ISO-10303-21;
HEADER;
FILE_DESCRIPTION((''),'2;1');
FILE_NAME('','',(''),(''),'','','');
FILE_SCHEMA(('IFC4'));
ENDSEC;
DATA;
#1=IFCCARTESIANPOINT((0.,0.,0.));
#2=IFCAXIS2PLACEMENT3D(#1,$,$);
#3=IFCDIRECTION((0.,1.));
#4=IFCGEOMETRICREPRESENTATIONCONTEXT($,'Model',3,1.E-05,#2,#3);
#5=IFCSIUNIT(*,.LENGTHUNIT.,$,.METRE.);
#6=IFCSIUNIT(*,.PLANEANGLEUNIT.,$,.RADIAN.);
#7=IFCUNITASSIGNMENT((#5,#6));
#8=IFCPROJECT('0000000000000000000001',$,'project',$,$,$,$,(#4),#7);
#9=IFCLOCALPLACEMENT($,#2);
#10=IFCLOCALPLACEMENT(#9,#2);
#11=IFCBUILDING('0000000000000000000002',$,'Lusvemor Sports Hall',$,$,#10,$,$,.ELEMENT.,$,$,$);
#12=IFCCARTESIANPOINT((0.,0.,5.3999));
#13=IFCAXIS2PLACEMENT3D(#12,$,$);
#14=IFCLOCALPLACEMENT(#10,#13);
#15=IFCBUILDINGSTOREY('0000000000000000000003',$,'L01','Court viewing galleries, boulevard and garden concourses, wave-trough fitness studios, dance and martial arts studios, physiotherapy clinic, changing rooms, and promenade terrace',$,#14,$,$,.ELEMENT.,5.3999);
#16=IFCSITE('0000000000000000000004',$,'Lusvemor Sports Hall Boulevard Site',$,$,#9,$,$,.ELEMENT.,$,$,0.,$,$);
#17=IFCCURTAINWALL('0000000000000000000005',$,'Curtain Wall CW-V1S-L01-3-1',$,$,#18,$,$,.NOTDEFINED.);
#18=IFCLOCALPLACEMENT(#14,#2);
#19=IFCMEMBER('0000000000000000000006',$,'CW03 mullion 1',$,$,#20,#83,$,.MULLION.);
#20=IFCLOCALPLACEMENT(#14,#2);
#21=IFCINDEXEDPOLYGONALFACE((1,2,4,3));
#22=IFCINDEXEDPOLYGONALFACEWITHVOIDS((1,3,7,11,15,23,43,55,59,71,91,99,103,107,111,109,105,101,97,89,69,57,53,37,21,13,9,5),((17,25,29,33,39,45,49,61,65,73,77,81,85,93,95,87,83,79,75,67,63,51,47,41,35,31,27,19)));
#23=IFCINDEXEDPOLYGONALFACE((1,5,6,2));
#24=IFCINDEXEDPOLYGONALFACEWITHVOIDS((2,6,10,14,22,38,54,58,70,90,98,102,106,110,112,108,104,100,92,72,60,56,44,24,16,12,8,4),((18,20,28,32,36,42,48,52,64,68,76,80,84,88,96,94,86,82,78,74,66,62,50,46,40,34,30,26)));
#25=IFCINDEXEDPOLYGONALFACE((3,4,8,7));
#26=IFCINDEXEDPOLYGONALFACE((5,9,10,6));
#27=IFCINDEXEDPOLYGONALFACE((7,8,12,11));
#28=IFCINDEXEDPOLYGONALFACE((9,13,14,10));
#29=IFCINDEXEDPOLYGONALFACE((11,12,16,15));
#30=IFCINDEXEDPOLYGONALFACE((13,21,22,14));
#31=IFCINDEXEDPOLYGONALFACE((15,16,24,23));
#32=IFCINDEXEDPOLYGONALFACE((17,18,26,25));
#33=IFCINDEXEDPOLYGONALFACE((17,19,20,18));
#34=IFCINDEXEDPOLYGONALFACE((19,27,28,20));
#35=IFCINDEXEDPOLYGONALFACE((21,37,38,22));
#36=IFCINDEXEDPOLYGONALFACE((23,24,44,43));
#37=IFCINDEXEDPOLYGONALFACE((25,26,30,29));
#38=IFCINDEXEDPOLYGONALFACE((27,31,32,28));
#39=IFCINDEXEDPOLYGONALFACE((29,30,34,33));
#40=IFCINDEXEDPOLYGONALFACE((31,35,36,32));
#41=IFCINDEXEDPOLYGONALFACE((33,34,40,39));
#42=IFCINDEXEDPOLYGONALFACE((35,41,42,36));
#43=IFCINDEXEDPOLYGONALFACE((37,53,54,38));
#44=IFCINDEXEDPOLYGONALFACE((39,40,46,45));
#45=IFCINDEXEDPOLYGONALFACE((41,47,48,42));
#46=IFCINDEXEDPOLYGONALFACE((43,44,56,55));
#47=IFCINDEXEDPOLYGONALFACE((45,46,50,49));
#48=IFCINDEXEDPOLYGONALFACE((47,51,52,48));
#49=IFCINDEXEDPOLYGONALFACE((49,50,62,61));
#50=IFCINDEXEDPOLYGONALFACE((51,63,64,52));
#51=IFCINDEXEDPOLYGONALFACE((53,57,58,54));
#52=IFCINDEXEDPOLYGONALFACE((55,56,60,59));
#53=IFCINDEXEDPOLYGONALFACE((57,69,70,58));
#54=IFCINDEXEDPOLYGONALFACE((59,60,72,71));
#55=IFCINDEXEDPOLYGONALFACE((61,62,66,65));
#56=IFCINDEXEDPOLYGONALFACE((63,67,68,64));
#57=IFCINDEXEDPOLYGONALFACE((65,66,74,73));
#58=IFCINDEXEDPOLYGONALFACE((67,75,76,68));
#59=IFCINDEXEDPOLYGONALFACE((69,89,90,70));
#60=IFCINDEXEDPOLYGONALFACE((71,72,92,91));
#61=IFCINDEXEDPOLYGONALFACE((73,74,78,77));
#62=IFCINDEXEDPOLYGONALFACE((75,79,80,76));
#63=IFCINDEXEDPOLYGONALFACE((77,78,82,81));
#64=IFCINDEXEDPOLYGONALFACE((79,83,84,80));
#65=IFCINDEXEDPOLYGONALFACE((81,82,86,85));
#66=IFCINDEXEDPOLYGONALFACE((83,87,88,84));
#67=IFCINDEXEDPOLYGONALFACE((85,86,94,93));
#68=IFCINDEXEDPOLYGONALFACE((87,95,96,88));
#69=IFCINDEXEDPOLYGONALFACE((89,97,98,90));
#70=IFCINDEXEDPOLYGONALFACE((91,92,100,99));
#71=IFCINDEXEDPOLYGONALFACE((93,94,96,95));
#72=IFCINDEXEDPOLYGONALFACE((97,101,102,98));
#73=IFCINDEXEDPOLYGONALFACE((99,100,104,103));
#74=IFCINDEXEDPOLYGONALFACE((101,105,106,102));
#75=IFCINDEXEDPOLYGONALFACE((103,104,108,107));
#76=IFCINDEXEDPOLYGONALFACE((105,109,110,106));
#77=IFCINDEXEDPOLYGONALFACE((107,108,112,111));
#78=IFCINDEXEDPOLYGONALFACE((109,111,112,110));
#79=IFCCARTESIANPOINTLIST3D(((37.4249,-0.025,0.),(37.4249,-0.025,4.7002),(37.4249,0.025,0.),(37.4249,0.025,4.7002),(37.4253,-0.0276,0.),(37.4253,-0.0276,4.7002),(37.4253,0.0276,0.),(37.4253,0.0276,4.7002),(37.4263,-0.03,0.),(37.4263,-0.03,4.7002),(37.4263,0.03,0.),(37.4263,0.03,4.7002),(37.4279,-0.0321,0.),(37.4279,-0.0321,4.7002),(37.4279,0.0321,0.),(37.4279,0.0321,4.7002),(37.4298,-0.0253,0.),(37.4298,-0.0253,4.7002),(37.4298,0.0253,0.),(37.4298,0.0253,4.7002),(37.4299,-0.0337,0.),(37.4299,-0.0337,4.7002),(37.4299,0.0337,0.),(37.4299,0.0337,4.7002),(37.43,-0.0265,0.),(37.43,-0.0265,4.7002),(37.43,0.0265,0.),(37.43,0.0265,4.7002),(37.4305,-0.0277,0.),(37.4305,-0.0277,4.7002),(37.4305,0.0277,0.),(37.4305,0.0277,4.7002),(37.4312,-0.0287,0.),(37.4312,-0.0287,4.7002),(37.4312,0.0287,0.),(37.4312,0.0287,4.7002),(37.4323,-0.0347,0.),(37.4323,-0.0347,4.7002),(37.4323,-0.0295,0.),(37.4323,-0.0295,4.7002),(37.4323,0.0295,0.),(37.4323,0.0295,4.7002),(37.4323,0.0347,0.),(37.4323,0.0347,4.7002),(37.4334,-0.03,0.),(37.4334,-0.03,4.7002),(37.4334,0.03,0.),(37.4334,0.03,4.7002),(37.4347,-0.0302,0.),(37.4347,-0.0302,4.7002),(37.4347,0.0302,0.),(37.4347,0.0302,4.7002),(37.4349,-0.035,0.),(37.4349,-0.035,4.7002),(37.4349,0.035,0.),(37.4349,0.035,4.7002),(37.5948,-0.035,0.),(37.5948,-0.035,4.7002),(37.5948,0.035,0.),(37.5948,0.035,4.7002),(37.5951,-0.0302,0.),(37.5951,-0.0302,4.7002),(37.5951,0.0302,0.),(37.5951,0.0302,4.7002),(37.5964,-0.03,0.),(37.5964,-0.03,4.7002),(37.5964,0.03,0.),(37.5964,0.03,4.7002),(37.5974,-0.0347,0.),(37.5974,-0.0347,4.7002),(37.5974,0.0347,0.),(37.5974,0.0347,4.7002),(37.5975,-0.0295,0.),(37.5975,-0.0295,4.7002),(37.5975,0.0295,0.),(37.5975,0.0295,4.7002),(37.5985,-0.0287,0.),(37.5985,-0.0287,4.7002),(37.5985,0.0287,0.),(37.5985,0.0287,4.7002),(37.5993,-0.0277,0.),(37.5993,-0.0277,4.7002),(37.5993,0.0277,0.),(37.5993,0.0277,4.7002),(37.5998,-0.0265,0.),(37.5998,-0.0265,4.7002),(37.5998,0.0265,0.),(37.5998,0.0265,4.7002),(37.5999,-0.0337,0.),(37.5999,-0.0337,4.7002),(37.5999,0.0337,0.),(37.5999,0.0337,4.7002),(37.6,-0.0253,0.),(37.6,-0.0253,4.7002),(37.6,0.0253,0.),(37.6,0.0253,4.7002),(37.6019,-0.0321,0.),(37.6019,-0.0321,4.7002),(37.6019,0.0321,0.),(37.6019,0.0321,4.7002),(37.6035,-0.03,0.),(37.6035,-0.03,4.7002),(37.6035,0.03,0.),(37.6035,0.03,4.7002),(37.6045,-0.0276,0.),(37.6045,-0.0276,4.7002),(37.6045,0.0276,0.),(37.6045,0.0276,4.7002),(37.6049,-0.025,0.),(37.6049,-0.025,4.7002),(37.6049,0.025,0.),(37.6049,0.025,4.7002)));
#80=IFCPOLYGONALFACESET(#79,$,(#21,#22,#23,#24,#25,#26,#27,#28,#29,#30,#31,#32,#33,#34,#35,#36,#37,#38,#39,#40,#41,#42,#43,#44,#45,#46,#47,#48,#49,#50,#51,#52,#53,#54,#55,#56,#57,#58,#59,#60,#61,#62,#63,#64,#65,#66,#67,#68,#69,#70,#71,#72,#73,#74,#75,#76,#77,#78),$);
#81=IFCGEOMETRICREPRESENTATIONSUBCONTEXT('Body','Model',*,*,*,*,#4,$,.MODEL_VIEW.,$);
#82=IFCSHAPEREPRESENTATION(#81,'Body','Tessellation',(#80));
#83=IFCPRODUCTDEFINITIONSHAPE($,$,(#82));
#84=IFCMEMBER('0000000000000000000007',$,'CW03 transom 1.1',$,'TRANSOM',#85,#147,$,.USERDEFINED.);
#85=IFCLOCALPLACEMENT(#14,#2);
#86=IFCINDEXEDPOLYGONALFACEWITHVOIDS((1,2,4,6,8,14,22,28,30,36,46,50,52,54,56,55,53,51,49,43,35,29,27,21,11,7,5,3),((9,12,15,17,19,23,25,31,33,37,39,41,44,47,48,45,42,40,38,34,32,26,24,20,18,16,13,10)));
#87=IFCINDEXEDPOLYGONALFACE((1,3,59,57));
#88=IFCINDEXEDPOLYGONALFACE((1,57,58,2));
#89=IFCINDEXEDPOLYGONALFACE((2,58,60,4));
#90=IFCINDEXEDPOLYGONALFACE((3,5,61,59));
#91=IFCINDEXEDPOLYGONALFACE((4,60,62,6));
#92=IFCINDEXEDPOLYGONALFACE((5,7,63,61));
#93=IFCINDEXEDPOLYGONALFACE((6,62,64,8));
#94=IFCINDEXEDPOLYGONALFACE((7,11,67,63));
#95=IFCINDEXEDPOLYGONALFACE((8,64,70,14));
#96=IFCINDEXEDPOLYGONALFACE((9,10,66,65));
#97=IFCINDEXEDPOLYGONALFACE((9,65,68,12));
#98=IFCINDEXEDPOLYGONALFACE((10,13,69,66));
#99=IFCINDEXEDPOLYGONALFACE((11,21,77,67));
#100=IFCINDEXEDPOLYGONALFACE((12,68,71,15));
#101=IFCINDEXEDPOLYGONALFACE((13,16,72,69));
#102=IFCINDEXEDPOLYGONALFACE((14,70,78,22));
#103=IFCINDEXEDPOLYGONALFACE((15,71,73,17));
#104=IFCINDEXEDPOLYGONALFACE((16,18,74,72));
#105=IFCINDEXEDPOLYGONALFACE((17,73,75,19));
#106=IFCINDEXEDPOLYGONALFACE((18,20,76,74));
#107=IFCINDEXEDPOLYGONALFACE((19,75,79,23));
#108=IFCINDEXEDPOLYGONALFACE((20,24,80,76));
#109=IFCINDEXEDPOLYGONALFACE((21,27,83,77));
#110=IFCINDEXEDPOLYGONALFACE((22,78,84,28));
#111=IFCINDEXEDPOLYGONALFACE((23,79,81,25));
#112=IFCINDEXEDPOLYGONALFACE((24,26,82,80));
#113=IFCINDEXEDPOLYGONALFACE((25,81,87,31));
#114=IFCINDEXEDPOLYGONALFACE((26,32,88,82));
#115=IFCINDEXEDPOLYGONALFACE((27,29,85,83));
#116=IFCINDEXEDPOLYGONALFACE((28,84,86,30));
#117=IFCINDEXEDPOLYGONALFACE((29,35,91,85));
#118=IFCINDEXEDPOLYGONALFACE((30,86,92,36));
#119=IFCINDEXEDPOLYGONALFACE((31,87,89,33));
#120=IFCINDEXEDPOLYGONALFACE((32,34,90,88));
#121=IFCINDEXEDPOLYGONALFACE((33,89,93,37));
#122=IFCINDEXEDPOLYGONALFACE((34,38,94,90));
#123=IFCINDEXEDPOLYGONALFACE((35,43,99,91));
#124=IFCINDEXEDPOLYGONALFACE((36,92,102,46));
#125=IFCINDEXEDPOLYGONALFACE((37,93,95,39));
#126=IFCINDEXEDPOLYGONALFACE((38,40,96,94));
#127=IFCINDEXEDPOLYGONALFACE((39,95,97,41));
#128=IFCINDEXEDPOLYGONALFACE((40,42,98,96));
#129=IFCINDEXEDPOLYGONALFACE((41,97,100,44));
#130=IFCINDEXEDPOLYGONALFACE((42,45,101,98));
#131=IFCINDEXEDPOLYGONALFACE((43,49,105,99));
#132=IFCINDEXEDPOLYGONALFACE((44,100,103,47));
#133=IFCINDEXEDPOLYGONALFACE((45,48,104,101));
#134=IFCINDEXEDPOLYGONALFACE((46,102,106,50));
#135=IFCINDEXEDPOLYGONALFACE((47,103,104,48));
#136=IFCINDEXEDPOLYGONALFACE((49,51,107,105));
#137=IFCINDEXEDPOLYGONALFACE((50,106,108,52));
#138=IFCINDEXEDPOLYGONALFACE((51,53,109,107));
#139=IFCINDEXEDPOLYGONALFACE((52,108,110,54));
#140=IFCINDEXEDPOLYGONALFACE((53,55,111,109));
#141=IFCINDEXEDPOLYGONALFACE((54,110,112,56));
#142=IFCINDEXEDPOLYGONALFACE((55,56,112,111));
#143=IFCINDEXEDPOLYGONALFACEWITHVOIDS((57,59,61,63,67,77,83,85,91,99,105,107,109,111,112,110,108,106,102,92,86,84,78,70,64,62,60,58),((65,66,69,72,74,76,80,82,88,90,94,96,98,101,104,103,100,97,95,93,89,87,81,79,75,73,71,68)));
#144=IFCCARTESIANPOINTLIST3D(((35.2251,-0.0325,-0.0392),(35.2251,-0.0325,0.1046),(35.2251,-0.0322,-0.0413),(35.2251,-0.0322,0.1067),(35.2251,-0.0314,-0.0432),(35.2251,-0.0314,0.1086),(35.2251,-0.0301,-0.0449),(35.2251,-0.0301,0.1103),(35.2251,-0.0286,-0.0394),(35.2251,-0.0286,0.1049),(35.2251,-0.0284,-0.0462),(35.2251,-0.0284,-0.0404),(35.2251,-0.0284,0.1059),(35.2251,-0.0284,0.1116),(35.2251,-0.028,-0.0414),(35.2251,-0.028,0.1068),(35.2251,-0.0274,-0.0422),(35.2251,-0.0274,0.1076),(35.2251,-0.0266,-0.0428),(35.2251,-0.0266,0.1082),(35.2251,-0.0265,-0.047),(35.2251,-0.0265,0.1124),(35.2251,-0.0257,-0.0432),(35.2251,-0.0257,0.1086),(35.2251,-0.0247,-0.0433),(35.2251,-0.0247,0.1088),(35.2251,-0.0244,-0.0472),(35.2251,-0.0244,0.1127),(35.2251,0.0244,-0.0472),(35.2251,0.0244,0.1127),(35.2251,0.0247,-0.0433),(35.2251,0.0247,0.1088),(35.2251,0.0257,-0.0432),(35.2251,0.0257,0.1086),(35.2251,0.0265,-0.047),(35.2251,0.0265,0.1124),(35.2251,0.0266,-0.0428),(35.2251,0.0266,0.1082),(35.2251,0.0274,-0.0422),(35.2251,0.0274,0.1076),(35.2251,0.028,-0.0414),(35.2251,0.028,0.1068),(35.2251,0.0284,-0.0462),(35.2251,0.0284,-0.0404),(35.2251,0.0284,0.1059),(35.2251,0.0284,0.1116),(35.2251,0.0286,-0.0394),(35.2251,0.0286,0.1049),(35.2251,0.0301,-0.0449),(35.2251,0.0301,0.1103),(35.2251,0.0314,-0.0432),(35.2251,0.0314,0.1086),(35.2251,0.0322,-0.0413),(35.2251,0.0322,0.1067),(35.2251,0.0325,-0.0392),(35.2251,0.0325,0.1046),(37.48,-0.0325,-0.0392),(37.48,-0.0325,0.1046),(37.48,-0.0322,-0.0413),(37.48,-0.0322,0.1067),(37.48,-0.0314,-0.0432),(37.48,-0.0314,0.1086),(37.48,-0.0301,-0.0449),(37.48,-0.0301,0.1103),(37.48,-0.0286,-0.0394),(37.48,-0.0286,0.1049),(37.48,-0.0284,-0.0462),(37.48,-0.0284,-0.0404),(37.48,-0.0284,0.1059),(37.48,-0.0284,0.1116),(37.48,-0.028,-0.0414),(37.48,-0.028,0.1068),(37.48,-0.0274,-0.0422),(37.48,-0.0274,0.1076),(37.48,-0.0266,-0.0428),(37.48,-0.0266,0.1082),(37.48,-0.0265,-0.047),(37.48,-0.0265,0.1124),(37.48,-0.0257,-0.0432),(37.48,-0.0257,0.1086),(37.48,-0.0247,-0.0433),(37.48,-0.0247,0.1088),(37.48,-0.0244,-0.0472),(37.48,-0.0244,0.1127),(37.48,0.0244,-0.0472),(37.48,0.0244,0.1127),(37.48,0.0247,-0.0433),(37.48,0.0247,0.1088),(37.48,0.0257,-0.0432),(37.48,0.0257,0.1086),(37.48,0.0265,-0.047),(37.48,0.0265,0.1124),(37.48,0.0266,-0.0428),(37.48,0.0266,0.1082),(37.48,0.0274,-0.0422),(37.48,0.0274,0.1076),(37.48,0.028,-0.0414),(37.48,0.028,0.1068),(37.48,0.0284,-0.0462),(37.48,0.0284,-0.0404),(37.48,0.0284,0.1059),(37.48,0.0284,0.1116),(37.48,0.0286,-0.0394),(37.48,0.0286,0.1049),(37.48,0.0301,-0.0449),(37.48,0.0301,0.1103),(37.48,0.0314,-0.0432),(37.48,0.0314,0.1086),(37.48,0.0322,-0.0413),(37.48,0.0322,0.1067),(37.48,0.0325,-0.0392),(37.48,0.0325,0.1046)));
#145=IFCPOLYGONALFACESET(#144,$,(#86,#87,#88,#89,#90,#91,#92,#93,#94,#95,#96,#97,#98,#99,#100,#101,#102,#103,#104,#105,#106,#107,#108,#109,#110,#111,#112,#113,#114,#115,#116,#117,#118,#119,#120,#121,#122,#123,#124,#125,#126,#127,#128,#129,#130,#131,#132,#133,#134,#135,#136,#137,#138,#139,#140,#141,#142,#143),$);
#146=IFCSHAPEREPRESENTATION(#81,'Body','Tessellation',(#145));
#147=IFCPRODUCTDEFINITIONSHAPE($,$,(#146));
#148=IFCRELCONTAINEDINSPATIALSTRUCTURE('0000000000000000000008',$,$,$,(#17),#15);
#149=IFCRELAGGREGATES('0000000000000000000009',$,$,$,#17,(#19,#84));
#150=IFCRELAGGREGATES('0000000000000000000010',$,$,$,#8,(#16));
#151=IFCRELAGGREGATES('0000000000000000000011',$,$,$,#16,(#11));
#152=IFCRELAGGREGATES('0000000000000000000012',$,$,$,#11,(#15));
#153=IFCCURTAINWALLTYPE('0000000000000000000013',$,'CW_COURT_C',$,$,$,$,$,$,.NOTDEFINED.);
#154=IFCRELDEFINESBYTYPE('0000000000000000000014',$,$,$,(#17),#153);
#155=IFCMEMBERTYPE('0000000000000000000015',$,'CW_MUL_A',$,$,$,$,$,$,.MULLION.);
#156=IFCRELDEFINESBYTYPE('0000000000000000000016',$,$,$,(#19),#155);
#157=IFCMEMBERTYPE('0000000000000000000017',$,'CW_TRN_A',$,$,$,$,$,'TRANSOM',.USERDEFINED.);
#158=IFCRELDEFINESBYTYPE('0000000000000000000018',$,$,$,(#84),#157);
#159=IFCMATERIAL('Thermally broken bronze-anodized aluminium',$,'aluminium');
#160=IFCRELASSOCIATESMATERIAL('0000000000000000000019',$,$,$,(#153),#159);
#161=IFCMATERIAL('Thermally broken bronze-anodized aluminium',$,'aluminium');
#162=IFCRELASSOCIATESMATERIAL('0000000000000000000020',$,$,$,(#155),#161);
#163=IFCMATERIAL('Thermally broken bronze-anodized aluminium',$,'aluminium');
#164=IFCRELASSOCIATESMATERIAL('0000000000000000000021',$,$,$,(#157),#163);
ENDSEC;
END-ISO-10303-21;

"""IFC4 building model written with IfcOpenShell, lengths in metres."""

from ifc_helpers import new_model, si_unit, direction, frame, origin, origin_2d, place, context, subcontext, project, spatial, hollow_rectangle, extrude, material, material_profile, profile_set, type_object, element, aggregate, save


model = new_model("IFC4")

# Units and contexts
model_context = context("Model", 3, precision=1e-05, world=origin(), true_north=direction((0.0, 1.0)))
body_context = subcontext(model_context, "Body", "Model", "MODEL_VIEW")
ifc_project = project(units=[si_unit("LENGTHUNIT", "METRE"), si_unit("PLANEANGLEUNIT", "RADIAN")], contexts=[model_context])

# Site, building, storey
site_placement = place(None, origin())
site = spatial("IfcSite", under=ifc_project, at=site_placement, Name="Lusvemor Sports Hall Boulevard Site", CompositionType="ELEMENT", RefElevation=0.0)
building_placement = place(site_placement, origin())
building = spatial("IfcBuilding", under=site, at=building_placement, Name="Lusvemor Sports Hall", CompositionType="ELEMENT")
storey_placement = place(building_placement, frame((0.0, 0.0, 5.3999)))
storey = spatial("IfcBuildingStorey", under=building, at=storey_placement, Name="L01", Description="Court viewing galleries, boulevard and garden concourses, wave-trough fitness studios, dance and martial arts studios, physiotherapy clinic, changing rooms, and promenade terrace", CompositionType="ELEMENT", Elevation=5.3999)

# Curtain wall, members
ifc_material_1 = material(Name="Thermally broken bronze-anodized aluminium", Category="aluminium")
curtain_wall_type = type_object("IfcCurtainWallType", Name="CW_COURT_C", PredefinedType="NOTDEFINED", material=ifc_material_1)
curtain_wall_placement = place(storey_placement, origin())
curtain_wall = element("IfcCurtainWall", 1, at=curtain_wall_placement, inside=storey, type_object=curtain_wall_type, Name="Curtain Wall CW-V1S-L01-3-1", PredefinedType="NOTDEFINED")
ifc_material_2 = material(Name="Thermally broken bronze-anodized aluminium", Category="aluminium")
ifc_material_profile_1 = material_profile(ifc_material_2, hollow_rectangle(XDim=0.0701, YDim=0.1799, WallThickness=0.0049, InnerFilletRadius=0.0049, OuterFilletRadius=0.01, at=origin_2d()), Name="CWMUL180x70x5")
ifc_profile_set_1 = profile_set([ifc_material_profile_1], Name="Thermally broken bronze-anodized aluminium")
member_type_1 = type_object("IfcMemberType", Name="CW_MUL_A", PredefinedType="MULLION", material=ifc_profile_set_1)
member_1_placement = place(storey_placement, frame((37.5149, 0.0, 0.0), z_axis=(0.0, 0.0, 1.0), x_axis=(0.0, -1.0, 0.0)))
member_1 = element("IfcMember", 2, at=member_1_placement, type_object=member_type_1, Name="CW03 mullion 1", PredefinedType="MULLION", context=body_context, shape_type="SweptSolid", body=[
    extrude(hollow_rectangle(XDim=0.0701, YDim=0.1799, WallThickness=0.0049, InnerFilletRadius=0.0049, OuterFilletRadius=0.01, at=origin_2d()), origin(), (0.0, 0.0, 1.0), 4.7002),
])
ifc_material_3 = material(Name="Thermally broken bronze-anodized aluminium", Category="aluminium")
ifc_material_profile_2 = material_profile(ifc_material_3, hollow_rectangle(XDim=0.0649, YDim=0.1599, WallThickness=0.0039, InnerFilletRadius=0.0039, OuterFilletRadius=0.0081, at=origin_2d()), Name="CWTRN160x65x4")
ifc_profile_set_2 = profile_set([ifc_material_profile_2], Name="Thermally broken bronze-anodized aluminium")
member_type_2 = type_object("IfcMemberType", Name="CW_TRN_A", ElementType="TRANSOM", PredefinedType="USERDEFINED", material=ifc_profile_set_2)
member_2_placement = place(storey_placement, frame((37.48, 0.0, 0.0327), z_axis=(-1.0, 0.0, 0.0), x_axis=(0.0, -1.0, 0.0)))
member_2 = element("IfcMember", 3, at=member_2_placement, type_object=member_type_2, Name="CW03 transom 1.1", ObjectType="TRANSOM", PredefinedType="USERDEFINED", context=body_context, shape_type="SweptSolid", body=[
    extrude(hollow_rectangle(XDim=0.0649, YDim=0.1599, WallThickness=0.0039, InnerFilletRadius=0.0039, OuterFilletRadius=0.0081, at=origin_2d()), origin(), (0.0, 0.0, 1.0), 2.2549),
])
aggregate(curtain_wall, [member_1, member_2])

save(model, "model.ifc")
